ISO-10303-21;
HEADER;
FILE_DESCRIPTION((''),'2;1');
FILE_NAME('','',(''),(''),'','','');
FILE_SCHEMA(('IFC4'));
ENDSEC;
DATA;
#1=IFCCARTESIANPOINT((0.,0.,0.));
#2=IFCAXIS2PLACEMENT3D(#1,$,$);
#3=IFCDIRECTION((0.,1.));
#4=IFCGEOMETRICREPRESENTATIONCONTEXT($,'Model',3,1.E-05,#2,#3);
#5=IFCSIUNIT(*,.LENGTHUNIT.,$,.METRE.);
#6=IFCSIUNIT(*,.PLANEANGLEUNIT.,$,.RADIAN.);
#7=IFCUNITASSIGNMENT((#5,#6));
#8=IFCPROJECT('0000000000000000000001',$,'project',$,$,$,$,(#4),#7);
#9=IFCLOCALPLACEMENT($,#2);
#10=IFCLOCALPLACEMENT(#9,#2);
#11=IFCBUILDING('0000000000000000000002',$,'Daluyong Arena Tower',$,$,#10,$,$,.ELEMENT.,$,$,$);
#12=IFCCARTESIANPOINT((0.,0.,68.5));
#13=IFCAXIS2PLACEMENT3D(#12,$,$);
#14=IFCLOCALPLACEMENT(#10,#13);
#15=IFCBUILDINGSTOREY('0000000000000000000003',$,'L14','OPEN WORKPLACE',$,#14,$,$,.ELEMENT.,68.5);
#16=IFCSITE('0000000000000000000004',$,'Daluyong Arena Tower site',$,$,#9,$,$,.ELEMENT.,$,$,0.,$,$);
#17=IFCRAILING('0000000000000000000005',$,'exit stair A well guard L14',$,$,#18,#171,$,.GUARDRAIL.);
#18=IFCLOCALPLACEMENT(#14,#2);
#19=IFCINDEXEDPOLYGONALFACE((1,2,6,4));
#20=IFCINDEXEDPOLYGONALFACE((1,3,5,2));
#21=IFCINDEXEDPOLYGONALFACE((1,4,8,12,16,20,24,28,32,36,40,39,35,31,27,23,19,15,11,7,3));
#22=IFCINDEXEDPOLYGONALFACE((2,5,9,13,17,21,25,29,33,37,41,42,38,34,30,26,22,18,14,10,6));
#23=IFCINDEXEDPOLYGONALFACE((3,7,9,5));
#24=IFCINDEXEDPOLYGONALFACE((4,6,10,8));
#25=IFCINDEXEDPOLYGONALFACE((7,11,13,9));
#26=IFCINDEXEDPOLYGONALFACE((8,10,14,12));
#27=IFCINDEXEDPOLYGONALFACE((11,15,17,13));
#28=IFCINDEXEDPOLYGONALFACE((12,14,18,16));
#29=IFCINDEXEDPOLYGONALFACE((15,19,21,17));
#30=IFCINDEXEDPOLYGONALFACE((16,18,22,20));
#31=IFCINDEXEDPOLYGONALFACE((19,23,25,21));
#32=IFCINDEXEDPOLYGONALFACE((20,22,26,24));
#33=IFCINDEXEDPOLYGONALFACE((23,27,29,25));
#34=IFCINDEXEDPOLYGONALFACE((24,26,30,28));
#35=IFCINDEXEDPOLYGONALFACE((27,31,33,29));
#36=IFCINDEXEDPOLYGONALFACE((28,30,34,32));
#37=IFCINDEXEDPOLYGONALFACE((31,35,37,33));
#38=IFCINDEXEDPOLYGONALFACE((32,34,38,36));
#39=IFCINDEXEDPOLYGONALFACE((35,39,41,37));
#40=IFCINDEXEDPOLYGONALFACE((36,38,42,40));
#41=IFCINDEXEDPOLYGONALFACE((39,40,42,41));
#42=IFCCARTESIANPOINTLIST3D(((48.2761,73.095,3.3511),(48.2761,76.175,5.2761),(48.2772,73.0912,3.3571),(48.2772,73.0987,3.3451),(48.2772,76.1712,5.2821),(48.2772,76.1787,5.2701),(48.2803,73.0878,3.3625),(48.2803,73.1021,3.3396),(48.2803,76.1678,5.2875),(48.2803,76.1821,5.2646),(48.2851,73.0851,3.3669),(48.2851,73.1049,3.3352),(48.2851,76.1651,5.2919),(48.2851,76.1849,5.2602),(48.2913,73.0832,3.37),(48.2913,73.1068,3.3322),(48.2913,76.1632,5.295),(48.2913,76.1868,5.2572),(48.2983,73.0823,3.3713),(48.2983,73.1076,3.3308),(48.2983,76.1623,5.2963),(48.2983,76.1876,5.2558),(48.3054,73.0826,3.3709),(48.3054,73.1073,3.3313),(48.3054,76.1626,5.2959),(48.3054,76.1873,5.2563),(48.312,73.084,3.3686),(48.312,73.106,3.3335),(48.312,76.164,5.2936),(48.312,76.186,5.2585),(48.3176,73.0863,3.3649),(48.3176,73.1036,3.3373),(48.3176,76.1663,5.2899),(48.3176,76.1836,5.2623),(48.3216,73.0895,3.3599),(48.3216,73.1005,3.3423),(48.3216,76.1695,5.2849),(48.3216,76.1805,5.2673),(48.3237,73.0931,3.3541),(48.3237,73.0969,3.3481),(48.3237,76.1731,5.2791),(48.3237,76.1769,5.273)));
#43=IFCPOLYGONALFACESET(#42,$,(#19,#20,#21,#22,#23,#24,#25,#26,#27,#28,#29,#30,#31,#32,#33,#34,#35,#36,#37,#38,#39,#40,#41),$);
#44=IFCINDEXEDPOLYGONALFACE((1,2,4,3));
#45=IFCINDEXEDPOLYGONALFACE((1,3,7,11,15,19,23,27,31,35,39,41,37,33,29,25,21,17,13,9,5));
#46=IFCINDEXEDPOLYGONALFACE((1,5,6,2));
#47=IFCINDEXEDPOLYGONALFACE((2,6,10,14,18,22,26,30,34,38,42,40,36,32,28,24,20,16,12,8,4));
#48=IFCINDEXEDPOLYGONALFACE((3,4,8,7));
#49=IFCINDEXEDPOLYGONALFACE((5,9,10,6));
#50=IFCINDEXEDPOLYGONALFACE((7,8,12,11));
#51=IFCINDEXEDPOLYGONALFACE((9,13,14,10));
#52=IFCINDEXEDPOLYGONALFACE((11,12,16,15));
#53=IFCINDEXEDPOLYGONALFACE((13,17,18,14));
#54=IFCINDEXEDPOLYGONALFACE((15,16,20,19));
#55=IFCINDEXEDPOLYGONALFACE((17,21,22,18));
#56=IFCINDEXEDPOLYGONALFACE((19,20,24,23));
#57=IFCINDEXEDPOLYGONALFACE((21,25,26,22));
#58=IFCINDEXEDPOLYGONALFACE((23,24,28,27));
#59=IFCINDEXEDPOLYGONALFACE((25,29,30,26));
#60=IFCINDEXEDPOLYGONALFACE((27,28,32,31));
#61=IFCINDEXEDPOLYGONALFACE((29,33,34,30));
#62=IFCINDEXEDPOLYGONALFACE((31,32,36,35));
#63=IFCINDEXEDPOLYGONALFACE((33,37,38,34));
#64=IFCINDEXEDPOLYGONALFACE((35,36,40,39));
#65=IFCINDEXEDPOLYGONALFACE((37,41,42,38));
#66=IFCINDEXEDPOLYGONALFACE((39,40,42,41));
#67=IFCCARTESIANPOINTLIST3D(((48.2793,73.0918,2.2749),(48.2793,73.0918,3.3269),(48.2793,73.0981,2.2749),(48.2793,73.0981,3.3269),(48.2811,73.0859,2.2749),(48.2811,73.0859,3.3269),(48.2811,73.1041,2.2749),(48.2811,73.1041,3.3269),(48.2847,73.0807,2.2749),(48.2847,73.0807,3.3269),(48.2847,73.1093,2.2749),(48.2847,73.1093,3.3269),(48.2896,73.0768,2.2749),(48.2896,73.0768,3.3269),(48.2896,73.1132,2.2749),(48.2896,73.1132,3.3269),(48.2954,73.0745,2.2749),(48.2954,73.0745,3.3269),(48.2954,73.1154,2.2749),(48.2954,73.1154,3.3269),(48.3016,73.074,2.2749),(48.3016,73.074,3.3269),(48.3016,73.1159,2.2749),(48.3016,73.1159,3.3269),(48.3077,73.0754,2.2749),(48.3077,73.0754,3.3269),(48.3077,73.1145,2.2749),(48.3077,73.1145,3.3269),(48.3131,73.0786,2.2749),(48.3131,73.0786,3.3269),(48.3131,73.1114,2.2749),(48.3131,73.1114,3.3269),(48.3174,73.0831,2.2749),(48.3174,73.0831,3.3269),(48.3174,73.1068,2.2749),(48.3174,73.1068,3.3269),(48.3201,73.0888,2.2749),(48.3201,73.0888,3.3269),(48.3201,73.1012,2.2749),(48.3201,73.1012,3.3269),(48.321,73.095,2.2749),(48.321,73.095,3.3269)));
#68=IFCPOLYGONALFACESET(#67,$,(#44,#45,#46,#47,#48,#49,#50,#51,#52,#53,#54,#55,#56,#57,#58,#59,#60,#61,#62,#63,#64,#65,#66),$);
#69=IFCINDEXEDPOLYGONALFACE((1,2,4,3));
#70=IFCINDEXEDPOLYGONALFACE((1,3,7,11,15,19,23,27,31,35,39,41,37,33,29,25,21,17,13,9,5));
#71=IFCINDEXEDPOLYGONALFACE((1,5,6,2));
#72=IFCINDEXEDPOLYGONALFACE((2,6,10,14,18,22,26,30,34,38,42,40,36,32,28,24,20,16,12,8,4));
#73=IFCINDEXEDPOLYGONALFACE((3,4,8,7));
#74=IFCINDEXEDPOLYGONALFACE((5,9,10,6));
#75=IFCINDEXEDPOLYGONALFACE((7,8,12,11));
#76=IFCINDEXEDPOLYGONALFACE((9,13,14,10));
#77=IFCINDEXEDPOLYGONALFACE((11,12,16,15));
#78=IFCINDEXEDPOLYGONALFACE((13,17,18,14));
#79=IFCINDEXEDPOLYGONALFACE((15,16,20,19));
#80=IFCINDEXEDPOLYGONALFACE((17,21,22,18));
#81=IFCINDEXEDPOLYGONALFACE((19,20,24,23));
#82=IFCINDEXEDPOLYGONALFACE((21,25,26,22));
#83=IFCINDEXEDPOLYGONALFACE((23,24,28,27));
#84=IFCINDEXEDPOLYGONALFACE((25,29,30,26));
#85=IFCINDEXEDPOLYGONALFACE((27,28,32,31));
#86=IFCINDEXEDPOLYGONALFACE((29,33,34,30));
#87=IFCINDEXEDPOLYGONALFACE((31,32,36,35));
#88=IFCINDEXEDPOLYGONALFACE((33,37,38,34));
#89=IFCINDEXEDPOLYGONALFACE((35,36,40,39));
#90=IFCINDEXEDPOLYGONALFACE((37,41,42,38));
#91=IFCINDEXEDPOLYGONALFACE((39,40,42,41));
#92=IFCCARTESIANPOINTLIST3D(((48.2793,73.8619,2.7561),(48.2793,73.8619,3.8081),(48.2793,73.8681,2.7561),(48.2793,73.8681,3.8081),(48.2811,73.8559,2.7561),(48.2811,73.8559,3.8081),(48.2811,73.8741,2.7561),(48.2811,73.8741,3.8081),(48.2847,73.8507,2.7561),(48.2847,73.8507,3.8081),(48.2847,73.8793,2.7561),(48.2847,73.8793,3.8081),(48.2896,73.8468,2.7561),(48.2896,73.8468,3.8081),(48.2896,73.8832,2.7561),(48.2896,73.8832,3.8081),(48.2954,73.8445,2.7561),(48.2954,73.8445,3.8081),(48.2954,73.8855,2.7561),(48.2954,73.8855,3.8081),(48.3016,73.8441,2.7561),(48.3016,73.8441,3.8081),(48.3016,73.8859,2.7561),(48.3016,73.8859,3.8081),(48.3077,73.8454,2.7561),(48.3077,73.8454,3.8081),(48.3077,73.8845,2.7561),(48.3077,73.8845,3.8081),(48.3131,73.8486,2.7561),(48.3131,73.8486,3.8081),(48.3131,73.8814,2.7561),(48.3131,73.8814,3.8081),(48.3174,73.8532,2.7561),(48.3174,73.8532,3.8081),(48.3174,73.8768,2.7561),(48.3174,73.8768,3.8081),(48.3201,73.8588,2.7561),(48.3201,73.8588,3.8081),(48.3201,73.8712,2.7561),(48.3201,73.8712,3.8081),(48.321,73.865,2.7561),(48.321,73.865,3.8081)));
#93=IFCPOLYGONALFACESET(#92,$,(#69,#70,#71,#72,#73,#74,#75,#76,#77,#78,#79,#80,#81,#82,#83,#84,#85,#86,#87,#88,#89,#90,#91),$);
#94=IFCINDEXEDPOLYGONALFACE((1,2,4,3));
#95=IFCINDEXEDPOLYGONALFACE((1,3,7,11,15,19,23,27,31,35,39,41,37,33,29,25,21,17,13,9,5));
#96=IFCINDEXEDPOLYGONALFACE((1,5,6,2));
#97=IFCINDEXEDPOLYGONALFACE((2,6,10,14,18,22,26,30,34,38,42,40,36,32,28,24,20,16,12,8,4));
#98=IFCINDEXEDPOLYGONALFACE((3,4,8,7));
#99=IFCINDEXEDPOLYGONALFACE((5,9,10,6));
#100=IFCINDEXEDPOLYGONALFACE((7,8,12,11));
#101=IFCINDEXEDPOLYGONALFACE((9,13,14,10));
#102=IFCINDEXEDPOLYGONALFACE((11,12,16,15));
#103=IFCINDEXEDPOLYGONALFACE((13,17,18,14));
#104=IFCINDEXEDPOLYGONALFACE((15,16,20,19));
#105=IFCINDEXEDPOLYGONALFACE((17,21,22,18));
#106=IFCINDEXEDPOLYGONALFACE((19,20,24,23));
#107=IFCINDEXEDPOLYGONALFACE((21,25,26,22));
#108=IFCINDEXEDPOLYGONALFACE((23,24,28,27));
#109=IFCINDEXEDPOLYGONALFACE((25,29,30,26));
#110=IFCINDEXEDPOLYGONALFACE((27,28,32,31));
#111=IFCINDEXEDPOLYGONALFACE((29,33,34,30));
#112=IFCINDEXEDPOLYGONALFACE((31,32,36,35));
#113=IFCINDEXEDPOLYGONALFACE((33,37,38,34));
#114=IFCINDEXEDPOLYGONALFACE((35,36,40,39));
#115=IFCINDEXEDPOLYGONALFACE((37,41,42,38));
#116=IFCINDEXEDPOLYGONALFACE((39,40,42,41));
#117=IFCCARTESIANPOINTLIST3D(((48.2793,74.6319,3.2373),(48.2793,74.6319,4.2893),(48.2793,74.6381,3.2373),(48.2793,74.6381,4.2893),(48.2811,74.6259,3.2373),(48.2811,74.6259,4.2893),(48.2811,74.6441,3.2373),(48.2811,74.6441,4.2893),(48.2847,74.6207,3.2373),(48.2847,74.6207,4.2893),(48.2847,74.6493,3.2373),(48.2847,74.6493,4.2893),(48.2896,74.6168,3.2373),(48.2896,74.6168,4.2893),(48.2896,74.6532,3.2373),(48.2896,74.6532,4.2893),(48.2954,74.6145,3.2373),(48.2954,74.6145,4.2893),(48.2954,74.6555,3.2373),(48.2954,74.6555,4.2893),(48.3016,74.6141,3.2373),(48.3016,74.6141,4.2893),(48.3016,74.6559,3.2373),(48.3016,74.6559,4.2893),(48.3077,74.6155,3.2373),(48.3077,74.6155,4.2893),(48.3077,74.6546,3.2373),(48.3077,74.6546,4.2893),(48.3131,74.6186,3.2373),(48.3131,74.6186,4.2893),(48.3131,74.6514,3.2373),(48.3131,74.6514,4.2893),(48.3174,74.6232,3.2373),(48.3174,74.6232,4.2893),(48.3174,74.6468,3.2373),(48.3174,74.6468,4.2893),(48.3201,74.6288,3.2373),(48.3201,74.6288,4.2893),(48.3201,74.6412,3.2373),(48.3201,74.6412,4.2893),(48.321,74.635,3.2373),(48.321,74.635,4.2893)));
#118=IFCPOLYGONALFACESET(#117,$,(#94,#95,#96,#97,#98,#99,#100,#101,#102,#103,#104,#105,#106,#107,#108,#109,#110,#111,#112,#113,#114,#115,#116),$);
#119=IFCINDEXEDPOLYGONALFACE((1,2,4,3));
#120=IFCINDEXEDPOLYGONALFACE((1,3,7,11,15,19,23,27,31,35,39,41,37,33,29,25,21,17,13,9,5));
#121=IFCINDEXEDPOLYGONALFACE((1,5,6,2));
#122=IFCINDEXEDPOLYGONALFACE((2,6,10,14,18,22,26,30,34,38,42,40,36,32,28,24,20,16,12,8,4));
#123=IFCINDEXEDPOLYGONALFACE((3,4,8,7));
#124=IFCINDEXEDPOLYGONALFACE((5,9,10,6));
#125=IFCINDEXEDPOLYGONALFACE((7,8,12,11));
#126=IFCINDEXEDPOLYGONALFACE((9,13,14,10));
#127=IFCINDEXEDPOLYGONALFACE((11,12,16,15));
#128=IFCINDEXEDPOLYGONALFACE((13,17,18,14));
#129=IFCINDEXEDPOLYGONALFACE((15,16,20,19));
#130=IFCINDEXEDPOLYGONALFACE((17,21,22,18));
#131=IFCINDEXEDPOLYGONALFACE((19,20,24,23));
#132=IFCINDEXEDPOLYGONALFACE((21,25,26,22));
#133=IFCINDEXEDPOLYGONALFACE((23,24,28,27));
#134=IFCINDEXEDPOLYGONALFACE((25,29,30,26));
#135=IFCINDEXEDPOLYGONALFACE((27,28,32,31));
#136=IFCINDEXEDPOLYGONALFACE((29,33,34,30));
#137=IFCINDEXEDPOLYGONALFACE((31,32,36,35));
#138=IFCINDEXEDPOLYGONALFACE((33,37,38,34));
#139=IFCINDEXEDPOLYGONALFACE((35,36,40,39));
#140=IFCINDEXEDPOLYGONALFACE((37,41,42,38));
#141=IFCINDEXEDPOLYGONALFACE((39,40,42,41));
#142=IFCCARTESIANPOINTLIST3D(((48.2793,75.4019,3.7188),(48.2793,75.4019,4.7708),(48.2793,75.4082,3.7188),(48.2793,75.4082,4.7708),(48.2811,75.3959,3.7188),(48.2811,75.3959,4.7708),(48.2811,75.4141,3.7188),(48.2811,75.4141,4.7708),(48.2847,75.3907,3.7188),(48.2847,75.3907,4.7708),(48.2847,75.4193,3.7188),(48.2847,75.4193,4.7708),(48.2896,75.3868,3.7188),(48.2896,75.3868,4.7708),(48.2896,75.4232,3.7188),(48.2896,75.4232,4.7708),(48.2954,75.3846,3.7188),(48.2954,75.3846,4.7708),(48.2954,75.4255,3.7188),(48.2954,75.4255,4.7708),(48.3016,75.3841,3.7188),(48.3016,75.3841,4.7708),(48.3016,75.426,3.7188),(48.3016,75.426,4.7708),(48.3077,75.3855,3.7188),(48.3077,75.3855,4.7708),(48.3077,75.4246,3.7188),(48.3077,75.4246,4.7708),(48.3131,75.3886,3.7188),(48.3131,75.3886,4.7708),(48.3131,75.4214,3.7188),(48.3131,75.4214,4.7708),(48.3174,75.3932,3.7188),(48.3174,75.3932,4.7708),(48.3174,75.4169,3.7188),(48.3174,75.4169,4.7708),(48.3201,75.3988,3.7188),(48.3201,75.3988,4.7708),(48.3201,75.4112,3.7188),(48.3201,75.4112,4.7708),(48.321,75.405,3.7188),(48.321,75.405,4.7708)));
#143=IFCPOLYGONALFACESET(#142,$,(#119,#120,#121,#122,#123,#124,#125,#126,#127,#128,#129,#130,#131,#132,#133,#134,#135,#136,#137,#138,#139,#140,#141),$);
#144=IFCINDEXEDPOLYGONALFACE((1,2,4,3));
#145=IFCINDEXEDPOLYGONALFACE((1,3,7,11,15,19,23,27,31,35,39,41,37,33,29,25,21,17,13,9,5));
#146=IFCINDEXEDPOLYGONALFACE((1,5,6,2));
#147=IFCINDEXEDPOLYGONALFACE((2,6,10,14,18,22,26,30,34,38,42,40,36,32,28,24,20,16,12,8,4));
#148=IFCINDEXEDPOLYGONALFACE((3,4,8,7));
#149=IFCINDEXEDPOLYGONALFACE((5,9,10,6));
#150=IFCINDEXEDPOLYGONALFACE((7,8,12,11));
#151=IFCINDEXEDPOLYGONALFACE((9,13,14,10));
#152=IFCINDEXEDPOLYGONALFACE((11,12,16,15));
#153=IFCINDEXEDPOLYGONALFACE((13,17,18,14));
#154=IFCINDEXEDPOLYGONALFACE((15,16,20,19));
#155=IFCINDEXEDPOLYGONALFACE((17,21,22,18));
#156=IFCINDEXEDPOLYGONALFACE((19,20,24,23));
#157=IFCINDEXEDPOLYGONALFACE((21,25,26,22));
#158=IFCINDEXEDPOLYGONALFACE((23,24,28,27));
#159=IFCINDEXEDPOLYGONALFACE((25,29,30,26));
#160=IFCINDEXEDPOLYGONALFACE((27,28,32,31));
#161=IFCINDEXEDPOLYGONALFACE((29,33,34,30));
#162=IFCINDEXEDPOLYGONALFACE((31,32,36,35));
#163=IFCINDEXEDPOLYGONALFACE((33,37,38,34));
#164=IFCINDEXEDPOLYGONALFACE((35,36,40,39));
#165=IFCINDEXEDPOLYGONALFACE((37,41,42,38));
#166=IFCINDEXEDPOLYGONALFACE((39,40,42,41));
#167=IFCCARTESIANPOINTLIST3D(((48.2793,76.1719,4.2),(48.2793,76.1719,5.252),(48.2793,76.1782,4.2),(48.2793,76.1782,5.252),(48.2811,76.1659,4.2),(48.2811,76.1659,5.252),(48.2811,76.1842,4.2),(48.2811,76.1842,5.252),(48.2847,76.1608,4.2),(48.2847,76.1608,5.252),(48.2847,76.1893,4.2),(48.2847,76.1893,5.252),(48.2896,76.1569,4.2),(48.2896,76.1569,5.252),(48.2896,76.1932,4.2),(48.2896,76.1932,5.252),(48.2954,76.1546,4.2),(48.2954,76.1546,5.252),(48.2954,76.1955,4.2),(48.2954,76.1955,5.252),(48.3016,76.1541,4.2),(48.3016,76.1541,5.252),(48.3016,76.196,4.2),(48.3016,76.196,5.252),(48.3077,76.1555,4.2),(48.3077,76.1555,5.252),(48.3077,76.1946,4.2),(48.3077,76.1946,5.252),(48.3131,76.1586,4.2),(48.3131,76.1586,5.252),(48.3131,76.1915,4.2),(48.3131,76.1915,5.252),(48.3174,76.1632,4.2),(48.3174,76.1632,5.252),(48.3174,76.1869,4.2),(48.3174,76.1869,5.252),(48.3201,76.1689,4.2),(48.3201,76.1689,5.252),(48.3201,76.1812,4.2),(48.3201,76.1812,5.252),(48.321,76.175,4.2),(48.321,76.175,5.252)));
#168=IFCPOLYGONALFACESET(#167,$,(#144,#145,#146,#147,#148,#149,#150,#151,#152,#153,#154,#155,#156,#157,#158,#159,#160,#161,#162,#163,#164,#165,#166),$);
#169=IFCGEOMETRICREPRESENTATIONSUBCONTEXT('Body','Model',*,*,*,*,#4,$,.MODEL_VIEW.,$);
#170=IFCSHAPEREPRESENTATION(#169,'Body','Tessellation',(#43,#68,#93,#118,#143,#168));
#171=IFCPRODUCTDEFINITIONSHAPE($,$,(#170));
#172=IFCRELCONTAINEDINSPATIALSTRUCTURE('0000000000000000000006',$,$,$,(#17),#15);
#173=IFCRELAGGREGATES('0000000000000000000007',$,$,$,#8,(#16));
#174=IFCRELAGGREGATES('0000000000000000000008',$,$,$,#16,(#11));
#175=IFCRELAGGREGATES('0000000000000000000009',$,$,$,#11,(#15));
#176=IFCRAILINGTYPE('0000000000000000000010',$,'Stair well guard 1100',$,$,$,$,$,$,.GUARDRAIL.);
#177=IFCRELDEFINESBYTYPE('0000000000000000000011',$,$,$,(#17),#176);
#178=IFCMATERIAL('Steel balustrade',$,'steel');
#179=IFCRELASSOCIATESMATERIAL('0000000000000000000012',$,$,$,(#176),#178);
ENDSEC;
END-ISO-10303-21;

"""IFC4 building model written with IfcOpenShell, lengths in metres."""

from ifc_helpers import new_model, si_unit, direction, frame, origin, origin_2d, place, context, subcontext, project, spatial, circle, extrude, material, type_object, element, save


model = new_model("IFC4")

# Units and contexts
model_context = context("Model", 3, precision=1e-05, world=origin(), true_north=direction((0.0, 1.0)))
body_context = subcontext(model_context, "Body", "Model", "MODEL_VIEW")
ifc_project = project(units=[si_unit("LENGTHUNIT", "METRE"), si_unit("PLANEANGLEUNIT", "RADIAN")], contexts=[model_context])

# Site, building, storey
site_placement = place(None, origin())
site = spatial("IfcSite", under=ifc_project, at=site_placement, Name="Daluyong Arena Tower site", CompositionType="ELEMENT", RefElevation=0.0)
building_placement = place(site_placement, origin())
building = spatial("IfcBuilding", under=site, at=building_placement, Name="Daluyong Arena Tower", CompositionType="ELEMENT")
storey_placement = place(building_placement, frame((0.0, 0.0, 68.5)))
storey = spatial("IfcBuildingStorey", under=building, at=storey_placement, Name="L14", Description="OPEN WORKPLACE", CompositionType="ELEMENT", Elevation=68.5)

# Railing
ifc_material_1 = material(Name="Steel balustrade", Category="steel")
railing_type_1 = type_object("IfcRailingType", Name="Stair well guard 1100", PredefinedType="GUARDRAIL", material=ifc_material_1)
railing_1_placement = place(storey_placement, frame((48.3, 73.095, 2.2749)))
element("IfcRailing", 1, at=railing_1_placement, inside=storey, type_object=railing_type_1, Name="exit stair A well guard L14", PredefinedType="GUARDRAIL", context=body_context, shape_type="SweptSolid", body=[
    extrude(circle(Radius=0.0239, at=origin_2d()), frame((0.0, 0.0, 1.0762), z_axis=(0.0, 0.847998, 0.529999), x_axis=(-1.0, 0.0, 0.0)), (0.0, 0.0, 1.0), 3.6321),
    extrude(circle(Radius=0.021, at=origin_2d()), origin(), (0.0, 0.0, 1.0), 1.052),
    extrude(circle(Radius=0.021, at=origin_2d()), frame((0.0, 0.77, 0.4812)), (0.0, 0.0, 1.0), 1.052),
    extrude(circle(Radius=0.021, at=origin_2d()), frame((0.0, 1.54, 0.9624)), (0.0, 0.0, 1.0), 1.052),
    extrude(circle(Radius=0.021, at=origin_2d()), frame((0.0, 2.3101, 1.4438)), (0.0, 0.0, 1.0), 1.052),
    extrude(circle(Radius=0.021, at=origin_2d()), frame((0.0, 3.0801, 1.925)), (0.0, 0.0, 1.0), 1.052),
])

save(model, "model.ifc")
